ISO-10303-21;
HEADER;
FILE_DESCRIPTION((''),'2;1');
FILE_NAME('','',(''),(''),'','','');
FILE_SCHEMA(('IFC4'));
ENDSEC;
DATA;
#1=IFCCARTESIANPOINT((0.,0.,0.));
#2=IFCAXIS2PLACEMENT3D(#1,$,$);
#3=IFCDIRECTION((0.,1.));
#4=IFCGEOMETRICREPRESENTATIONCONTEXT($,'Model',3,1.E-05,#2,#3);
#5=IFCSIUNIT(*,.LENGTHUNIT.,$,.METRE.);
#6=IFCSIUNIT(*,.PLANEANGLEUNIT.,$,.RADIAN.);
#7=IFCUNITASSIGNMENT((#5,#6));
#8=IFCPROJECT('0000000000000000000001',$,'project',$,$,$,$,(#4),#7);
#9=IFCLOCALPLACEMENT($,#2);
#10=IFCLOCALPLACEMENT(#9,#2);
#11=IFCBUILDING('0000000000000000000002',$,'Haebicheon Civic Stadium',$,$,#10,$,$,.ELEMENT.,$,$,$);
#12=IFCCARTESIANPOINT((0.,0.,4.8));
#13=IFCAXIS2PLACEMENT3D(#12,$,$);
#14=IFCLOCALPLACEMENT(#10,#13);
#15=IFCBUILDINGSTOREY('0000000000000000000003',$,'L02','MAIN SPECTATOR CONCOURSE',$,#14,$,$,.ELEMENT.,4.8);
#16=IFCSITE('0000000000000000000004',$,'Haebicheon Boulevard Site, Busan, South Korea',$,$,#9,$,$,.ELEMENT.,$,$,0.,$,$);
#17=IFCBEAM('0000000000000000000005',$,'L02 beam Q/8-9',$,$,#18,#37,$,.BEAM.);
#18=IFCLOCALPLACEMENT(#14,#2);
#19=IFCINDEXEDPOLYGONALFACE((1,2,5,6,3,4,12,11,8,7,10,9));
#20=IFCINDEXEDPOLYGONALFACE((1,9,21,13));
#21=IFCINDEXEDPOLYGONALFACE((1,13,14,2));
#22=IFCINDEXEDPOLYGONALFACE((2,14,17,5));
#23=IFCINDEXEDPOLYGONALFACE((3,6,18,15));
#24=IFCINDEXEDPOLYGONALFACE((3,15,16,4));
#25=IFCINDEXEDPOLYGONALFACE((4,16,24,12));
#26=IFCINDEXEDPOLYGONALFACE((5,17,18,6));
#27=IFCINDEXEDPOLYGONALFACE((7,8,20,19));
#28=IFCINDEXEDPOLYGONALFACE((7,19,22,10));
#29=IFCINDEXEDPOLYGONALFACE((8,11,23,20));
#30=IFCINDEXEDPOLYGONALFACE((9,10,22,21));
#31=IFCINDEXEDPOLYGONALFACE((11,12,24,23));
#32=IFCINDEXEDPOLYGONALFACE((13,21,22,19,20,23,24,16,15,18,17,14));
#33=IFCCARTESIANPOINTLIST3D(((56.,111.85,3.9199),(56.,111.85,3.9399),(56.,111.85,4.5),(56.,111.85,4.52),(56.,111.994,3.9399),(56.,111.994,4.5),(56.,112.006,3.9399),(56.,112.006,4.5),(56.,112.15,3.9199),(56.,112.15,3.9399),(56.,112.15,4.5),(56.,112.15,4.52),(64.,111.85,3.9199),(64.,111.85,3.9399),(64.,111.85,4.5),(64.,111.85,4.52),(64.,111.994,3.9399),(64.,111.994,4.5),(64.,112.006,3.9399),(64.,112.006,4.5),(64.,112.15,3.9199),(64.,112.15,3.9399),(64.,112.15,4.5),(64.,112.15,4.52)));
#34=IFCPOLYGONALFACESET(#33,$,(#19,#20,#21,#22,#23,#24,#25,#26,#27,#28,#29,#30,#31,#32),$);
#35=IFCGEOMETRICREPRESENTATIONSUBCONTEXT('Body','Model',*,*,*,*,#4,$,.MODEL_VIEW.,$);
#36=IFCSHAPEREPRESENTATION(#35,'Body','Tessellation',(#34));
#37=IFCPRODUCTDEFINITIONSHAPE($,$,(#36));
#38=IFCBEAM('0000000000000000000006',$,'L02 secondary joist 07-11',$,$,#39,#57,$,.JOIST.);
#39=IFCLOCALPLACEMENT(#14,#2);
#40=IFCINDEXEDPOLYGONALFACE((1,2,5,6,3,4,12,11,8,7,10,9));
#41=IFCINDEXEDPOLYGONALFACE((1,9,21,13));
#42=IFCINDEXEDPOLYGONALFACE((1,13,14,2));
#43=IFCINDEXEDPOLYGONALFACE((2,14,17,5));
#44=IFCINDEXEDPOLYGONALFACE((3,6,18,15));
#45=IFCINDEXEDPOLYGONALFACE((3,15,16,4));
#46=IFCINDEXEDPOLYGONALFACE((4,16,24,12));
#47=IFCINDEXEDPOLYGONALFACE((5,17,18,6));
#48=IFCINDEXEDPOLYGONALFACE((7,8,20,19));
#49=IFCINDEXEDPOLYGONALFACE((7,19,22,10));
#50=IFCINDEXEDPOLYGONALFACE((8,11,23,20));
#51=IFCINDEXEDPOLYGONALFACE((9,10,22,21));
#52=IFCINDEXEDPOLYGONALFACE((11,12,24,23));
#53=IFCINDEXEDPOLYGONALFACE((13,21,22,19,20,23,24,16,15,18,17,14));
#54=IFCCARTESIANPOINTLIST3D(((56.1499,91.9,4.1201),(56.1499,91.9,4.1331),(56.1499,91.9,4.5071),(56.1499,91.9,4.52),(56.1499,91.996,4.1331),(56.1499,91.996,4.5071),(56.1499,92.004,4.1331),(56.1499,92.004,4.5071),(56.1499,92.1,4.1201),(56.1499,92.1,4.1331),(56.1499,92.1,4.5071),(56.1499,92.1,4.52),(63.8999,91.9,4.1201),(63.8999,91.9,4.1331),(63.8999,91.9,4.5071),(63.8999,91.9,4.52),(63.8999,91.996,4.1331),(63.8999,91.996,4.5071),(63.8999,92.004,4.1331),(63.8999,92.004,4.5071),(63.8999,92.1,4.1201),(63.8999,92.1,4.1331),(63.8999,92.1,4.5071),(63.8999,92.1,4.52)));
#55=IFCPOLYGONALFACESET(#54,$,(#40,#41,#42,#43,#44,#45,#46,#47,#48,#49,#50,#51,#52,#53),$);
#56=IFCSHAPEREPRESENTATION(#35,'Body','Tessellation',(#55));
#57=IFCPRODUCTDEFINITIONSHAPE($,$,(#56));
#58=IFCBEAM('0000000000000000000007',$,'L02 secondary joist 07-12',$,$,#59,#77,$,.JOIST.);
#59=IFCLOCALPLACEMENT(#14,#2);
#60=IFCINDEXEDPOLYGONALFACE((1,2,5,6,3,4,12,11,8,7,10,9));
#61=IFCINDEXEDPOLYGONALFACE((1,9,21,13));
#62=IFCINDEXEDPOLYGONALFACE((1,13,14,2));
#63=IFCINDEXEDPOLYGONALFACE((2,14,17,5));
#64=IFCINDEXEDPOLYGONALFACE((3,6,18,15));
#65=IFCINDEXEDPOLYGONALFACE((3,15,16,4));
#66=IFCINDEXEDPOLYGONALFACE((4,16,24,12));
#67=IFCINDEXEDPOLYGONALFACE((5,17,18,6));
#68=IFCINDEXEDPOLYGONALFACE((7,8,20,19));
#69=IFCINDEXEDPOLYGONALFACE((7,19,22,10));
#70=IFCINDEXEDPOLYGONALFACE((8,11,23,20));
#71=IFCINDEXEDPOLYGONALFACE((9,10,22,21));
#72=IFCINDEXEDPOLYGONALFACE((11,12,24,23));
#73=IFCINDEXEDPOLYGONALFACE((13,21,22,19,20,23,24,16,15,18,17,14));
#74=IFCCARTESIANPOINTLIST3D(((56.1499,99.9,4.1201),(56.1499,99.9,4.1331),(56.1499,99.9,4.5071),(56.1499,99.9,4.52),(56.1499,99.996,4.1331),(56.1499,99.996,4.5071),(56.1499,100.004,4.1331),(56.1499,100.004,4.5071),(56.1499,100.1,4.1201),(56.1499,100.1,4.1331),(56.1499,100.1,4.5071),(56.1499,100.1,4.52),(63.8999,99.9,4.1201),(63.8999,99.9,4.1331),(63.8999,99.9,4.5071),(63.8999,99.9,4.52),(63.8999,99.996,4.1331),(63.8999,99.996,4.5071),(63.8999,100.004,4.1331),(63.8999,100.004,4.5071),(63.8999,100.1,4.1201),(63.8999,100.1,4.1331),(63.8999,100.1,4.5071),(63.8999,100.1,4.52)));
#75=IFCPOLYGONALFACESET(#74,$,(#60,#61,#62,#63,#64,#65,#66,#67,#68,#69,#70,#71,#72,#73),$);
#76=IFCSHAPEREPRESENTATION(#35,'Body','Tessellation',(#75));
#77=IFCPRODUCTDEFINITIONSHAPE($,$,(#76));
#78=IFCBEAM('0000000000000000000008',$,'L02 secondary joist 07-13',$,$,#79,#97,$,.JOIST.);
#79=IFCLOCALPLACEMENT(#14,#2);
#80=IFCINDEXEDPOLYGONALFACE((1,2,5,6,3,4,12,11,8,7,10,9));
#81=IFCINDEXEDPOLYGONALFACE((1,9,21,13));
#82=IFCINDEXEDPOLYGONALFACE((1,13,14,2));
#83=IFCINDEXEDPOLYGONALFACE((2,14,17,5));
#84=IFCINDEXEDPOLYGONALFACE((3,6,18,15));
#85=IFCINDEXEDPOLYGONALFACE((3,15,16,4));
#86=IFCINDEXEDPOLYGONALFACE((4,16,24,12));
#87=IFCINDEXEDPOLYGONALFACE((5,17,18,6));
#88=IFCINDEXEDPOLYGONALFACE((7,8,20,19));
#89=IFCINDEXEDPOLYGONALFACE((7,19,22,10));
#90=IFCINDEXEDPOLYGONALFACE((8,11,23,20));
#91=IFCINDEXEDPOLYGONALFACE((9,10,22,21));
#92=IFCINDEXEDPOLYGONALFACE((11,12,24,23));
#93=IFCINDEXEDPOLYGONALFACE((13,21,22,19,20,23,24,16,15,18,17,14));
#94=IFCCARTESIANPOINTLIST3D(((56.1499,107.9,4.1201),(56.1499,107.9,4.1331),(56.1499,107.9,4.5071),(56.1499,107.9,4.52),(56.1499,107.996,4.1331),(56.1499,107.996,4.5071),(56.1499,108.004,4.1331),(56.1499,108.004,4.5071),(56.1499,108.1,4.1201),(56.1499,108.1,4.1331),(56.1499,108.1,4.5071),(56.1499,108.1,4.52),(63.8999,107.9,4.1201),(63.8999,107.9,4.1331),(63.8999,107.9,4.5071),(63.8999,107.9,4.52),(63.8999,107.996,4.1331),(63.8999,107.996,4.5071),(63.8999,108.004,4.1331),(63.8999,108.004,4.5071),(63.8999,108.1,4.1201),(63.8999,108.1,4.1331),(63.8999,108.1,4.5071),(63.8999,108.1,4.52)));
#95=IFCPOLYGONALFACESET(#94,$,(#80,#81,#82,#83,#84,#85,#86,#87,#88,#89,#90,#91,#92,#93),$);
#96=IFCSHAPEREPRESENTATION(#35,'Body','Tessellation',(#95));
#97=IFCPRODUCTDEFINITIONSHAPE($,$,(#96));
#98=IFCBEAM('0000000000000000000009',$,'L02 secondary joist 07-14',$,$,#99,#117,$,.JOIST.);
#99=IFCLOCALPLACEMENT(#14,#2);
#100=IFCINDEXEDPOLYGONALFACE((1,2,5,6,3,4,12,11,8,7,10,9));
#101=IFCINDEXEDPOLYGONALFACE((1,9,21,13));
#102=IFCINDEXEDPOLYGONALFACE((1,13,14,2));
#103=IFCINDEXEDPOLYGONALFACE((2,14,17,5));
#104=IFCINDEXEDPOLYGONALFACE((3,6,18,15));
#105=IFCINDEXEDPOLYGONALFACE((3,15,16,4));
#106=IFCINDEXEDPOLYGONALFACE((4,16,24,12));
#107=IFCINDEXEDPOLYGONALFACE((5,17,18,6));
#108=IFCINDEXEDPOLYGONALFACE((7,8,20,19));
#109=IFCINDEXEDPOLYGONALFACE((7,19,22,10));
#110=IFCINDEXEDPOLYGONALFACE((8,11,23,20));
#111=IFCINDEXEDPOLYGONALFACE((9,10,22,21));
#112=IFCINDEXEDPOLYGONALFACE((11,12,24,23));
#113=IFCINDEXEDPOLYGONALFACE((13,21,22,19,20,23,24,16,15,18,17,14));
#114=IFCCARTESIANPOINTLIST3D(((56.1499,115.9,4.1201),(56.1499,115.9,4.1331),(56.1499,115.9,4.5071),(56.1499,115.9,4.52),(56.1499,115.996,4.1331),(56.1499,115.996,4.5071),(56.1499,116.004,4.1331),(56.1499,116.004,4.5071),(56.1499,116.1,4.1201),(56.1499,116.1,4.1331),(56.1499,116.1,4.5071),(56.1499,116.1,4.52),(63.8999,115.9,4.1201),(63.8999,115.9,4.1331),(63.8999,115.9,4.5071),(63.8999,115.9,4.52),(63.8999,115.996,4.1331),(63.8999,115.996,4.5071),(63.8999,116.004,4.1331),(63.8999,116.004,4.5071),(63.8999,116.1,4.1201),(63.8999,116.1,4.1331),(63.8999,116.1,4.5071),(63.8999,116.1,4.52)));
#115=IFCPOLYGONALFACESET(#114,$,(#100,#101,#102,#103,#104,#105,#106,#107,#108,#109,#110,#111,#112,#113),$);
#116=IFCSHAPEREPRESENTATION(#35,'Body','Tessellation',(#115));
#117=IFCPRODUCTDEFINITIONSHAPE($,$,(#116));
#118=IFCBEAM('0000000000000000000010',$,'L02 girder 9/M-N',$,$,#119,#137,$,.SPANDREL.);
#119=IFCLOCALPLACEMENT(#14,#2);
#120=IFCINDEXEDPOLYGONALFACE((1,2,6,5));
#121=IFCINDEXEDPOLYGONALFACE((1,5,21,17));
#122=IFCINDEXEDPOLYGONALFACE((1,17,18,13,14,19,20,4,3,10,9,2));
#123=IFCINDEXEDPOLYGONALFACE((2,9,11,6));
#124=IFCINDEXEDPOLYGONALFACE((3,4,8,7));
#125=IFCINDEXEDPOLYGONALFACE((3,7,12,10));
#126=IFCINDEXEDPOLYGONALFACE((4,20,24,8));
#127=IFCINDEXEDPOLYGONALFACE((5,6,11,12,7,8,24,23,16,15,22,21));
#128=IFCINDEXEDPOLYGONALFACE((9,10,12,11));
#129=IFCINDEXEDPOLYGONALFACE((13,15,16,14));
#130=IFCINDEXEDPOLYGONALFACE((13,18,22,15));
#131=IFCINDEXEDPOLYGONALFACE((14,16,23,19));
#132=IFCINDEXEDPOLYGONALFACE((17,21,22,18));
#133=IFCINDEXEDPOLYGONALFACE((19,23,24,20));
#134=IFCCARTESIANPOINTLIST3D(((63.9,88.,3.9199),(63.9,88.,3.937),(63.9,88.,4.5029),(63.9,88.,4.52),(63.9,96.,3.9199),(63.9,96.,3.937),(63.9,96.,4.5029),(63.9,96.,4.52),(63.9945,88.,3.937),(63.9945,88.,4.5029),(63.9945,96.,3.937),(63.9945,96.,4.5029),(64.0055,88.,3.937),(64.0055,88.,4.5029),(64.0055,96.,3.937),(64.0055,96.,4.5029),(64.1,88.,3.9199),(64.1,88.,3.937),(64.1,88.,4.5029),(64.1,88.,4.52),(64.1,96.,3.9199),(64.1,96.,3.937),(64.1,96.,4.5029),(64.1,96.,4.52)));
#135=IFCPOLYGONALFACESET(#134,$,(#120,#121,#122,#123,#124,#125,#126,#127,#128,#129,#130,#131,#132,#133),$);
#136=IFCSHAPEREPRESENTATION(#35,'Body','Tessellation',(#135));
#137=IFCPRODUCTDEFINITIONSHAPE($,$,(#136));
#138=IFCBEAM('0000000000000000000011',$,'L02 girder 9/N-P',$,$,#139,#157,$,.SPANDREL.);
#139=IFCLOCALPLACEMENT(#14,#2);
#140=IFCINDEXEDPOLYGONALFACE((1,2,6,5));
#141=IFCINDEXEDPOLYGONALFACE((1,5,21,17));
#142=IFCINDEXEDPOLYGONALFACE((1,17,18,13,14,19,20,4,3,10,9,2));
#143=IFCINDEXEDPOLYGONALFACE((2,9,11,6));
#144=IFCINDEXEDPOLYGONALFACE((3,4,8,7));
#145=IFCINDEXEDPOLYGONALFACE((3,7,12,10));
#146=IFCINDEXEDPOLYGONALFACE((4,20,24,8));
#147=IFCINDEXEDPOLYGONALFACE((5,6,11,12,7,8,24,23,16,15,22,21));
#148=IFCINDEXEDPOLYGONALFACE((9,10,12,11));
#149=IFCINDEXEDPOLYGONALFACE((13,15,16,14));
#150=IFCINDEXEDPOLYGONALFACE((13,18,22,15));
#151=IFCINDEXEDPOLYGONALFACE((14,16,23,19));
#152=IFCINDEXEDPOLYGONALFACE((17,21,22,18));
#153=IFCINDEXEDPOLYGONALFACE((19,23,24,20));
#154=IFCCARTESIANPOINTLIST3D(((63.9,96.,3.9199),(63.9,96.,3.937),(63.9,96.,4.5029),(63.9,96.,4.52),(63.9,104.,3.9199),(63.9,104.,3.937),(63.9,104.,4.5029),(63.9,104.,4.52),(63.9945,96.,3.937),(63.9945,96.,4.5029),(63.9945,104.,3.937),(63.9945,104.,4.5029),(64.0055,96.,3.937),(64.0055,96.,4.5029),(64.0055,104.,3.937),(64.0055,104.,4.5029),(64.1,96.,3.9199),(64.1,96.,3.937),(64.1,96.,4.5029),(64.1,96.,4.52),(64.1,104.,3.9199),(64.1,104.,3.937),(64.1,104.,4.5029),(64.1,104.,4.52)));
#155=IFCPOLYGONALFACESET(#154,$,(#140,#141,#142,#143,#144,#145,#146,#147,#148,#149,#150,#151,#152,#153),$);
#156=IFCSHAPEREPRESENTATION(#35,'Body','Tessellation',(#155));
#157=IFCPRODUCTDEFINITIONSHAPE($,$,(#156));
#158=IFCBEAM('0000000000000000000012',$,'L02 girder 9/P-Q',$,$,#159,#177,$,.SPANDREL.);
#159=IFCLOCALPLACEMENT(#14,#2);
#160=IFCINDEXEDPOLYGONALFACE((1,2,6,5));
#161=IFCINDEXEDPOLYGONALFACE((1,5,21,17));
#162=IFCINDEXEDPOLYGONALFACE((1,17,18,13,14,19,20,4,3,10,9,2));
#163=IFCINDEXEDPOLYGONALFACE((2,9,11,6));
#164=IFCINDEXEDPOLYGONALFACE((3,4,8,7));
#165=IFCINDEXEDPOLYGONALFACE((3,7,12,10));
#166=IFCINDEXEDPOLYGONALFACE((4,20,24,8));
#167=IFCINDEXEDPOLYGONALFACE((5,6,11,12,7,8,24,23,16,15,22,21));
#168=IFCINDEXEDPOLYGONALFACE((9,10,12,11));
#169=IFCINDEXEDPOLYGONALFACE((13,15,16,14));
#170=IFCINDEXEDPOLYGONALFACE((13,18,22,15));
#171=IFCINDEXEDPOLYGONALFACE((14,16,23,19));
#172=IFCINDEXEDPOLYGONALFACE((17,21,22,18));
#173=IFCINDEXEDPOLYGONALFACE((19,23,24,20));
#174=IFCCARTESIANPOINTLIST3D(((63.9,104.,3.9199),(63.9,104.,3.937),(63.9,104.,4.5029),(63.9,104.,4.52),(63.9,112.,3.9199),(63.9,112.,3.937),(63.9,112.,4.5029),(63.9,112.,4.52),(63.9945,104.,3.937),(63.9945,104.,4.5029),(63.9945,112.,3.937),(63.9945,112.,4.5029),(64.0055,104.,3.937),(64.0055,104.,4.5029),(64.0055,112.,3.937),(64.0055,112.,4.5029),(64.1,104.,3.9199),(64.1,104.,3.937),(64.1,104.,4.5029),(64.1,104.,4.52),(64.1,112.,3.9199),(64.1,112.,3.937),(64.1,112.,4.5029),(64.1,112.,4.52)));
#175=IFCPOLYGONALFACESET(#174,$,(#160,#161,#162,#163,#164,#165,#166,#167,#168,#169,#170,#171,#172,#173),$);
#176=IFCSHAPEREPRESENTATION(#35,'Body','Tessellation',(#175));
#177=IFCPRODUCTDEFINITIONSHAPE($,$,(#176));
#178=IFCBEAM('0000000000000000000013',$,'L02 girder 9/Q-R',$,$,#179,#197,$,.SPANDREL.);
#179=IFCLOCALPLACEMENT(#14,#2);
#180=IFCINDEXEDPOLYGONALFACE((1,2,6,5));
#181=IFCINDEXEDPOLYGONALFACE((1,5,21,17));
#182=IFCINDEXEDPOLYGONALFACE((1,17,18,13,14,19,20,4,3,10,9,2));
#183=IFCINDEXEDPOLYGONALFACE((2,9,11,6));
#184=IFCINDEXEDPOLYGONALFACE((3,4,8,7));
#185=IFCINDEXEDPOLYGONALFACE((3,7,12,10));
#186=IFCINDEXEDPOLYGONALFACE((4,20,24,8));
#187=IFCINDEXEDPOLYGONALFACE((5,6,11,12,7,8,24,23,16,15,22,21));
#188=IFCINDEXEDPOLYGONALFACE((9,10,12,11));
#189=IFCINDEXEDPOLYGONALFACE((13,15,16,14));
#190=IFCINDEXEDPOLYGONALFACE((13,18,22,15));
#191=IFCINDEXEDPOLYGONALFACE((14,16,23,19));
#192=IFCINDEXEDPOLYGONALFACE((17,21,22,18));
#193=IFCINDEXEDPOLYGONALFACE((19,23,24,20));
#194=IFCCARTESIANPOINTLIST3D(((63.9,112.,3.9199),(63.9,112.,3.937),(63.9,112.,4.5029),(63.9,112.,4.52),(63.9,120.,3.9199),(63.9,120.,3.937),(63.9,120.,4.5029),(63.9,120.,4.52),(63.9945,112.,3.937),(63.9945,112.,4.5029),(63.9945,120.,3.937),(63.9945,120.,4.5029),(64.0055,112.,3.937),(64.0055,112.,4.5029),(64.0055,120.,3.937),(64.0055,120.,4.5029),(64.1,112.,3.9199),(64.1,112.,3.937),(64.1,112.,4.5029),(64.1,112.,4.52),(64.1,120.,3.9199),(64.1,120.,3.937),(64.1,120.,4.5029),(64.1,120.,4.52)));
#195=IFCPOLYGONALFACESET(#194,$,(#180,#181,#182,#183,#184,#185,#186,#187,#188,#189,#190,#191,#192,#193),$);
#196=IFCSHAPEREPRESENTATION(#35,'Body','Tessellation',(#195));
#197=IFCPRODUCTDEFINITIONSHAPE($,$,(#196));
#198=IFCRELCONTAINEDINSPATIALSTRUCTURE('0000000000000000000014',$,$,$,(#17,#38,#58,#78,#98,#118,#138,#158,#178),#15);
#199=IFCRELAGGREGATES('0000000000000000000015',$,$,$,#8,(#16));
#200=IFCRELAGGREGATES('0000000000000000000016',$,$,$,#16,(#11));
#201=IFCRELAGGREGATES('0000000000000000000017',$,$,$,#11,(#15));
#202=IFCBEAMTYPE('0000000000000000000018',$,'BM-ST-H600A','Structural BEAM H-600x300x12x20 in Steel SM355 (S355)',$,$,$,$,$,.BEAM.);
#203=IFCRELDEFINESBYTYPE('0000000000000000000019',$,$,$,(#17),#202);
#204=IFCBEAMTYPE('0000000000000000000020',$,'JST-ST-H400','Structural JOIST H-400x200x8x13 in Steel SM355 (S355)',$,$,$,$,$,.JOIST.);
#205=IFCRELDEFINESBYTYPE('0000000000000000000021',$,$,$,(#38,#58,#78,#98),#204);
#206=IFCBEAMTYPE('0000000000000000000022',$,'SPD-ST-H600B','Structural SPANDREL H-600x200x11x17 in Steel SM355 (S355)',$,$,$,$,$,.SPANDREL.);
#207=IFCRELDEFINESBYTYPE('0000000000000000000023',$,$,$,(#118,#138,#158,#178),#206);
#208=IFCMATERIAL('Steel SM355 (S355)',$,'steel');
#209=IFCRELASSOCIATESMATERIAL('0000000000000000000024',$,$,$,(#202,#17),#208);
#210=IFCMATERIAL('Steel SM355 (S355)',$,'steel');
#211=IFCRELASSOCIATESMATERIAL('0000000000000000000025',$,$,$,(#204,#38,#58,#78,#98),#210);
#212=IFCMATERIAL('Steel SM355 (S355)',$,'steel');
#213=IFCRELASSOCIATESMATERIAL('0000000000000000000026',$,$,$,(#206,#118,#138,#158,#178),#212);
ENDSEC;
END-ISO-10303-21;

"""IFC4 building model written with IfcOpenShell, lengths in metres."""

from ifc_helpers import new_model, si_unit, direction, frame, origin, origin_2d, place, context, subcontext, project, spatial, i_section, extrude, material, material_profile, profile_set, type_object, element, save


model = new_model("IFC4")

# Units and contexts
model_context = context("Model", 3, precision=1e-05, world=origin(), true_north=direction((0.0, 1.0)))
body_context = subcontext(model_context, "Body", "Model", "MODEL_VIEW")
ifc_project = project(units=[si_unit("LENGTHUNIT", "METRE"), si_unit("PLANEANGLEUNIT", "RADIAN")], contexts=[model_context])

# Site, building, storey
site_placement = place(None, origin())
site = spatial("IfcSite", under=ifc_project, at=site_placement, Name="Haebicheon Boulevard Site, Busan, South Korea", CompositionType="ELEMENT", RefElevation=0.0)
building_placement = place(site_placement, origin())
building = spatial("IfcBuilding", under=site, at=building_placement, Name="Haebicheon Civic Stadium", CompositionType="ELEMENT")
storey_placement = place(building_placement, frame((0.0, 0.0, 4.8)))
storey = spatial("IfcBuildingStorey", under=building, at=storey_placement, Name="L02", Description="MAIN SPECTATOR CONCOURSE", CompositionType="ELEMENT", Elevation=4.8)

# Beams
ifc_material_1 = material(Name="Steel SM355 (S355)", Category="steel")
ifc_material_profile_1 = material_profile(ifc_material_1, i_section(OverallWidth=0.3, OverallDepth=0.6001, WebThickness=0.012, FlangeThickness=0.02, at=origin_2d()), Name="H-600x300x12x20")
ifc_profile_set_1 = profile_set([ifc_material_profile_1], Name="Steel SM355 (S355)")
beam_type_1 = type_object("IfcBeamType", Name="BM-ST-H600A", Description="Structural BEAM H-600x300x12x20 in Steel SM355 (S355)", PredefinedType="BEAM", material=ifc_profile_set_1)
for number, where, z_axis, x_axis, name in (
    (1, (56.0, 112.0, 4.22), (1.0, 0.0, 0.0), (0.0, 1.0, 0.0), "L02 beam Q/8-9"),
):
    element("IfcBeam", number, at=place(storey_placement, frame(where, z_axis=z_axis, x_axis=x_axis)), inside=storey, type_object=beam_type_1, material=ifc_profile_set_1, Name=name, PredefinedType="BEAM", context=body_context, shape_type="SweptSolid", body=[
        extrude(i_section(OverallWidth=0.3, OverallDepth=0.6001, WebThickness=0.012, FlangeThickness=0.02, at=origin_2d()), origin(), (0.0, 0.0, 1.0), 8.0),
    ])
ifc_material_2 = material(Name="Steel SM355 (S355)", Category="steel")
ifc_material_profile_2 = material_profile(ifc_material_2, i_section(OverallWidth=0.2, OverallDepth=0.3999, WebThickness=0.0081, FlangeThickness=0.0129, at=origin_2d()), Name="H-400x200x8x13")
ifc_profile_set_2 = profile_set([ifc_material_profile_2], Name="Steel SM355 (S355)")
beam_type_2 = type_object("IfcBeamType", Name="JST-ST-H400", Description="Structural JOIST H-400x200x8x13 in Steel SM355 (S355)", PredefinedType="JOIST", material=ifc_profile_set_2)
for number, where, z_axis, x_axis, name in (
    (2, (56.1499, 92.0, 4.3201), (1.0, 0.0, 0.0), (0.0, 1.0, 0.0), "L02 secondary joist 07-11"),
    (3, (56.1499, 100.0, 4.3201), (1.0, 0.0, 0.0), (0.0, 1.0, 0.0), "L02 secondary joist 07-12"),
    (4, (56.1499, 108.0, 4.3201), (1.0, 0.0, 0.0), (0.0, 1.0, 0.0), "L02 secondary joist 07-13"),
    (5, (56.1499, 116.0, 4.3201), (1.0, 0.0, 0.0), (0.0, 1.0, 0.0), "L02 secondary joist 07-14"),
):
    element("IfcBeam", number, at=place(storey_placement, frame(where, z_axis=z_axis, x_axis=x_axis)), inside=storey, type_object=beam_type_2, material=ifc_profile_set_2, Name=name, PredefinedType="JOIST", context=body_context, shape_type="SweptSolid", body=[
        extrude(i_section(OverallWidth=0.2, OverallDepth=0.3999, WebThickness=0.0081, FlangeThickness=0.0129, at=origin_2d()), origin(), (0.0, 0.0, 1.0), 7.75),
    ])
ifc_material_3 = material(Name="Steel SM355 (S355)", Category="steel")
ifc_material_profile_3 = material_profile(ifc_material_3, i_section(OverallWidth=0.2, OverallDepth=0.6001, WebThickness=0.011, FlangeThickness=0.0171, at=origin_2d()), Name="H-600x200x11x17")
ifc_profile_set_3 = profile_set([ifc_material_profile_3], Name="Steel SM355 (S355)")
beam_type_3 = type_object("IfcBeamType", Name="SPD-ST-H600B", Description="Structural SPANDREL H-600x200x11x17 in Steel SM355 (S355)", PredefinedType="SPANDREL", material=ifc_profile_set_3)
for number, where, z_axis, x_axis, name in (
    (6, (64.0, 88.0, 4.22), (0.0, 1.0, 0.0), (-1.0, 0.0, 0.0), "L02 girder 9/M-N"),
    (7, (64.0, 96.0, 4.22), (0.0, 1.0, 0.0), (-1.0, 0.0, 0.0), "L02 girder 9/N-P"),
    (8, (64.0, 104.0, 4.22), (0.0, 1.0, 0.0), (-1.0, 0.0, 0.0), "L02 girder 9/P-Q"),
    (9, (64.0, 112.0, 4.22), (0.0, 1.0, 0.0), (-1.0, 0.0, 0.0), "L02 girder 9/Q-R"),
):
    element("IfcBeam", number, at=place(storey_placement, frame(where, z_axis=z_axis, x_axis=x_axis)), inside=storey, type_object=beam_type_3, material=ifc_profile_set_3, Name=name, PredefinedType="SPANDREL", context=body_context, shape_type="SweptSolid", body=[
        extrude(i_section(OverallWidth=0.2, OverallDepth=0.6001, WebThickness=0.011, FlangeThickness=0.0171, at=origin_2d()), origin(), (0.0, 0.0, 1.0), 8.0),
    ])

save(model, "model.ifc")
